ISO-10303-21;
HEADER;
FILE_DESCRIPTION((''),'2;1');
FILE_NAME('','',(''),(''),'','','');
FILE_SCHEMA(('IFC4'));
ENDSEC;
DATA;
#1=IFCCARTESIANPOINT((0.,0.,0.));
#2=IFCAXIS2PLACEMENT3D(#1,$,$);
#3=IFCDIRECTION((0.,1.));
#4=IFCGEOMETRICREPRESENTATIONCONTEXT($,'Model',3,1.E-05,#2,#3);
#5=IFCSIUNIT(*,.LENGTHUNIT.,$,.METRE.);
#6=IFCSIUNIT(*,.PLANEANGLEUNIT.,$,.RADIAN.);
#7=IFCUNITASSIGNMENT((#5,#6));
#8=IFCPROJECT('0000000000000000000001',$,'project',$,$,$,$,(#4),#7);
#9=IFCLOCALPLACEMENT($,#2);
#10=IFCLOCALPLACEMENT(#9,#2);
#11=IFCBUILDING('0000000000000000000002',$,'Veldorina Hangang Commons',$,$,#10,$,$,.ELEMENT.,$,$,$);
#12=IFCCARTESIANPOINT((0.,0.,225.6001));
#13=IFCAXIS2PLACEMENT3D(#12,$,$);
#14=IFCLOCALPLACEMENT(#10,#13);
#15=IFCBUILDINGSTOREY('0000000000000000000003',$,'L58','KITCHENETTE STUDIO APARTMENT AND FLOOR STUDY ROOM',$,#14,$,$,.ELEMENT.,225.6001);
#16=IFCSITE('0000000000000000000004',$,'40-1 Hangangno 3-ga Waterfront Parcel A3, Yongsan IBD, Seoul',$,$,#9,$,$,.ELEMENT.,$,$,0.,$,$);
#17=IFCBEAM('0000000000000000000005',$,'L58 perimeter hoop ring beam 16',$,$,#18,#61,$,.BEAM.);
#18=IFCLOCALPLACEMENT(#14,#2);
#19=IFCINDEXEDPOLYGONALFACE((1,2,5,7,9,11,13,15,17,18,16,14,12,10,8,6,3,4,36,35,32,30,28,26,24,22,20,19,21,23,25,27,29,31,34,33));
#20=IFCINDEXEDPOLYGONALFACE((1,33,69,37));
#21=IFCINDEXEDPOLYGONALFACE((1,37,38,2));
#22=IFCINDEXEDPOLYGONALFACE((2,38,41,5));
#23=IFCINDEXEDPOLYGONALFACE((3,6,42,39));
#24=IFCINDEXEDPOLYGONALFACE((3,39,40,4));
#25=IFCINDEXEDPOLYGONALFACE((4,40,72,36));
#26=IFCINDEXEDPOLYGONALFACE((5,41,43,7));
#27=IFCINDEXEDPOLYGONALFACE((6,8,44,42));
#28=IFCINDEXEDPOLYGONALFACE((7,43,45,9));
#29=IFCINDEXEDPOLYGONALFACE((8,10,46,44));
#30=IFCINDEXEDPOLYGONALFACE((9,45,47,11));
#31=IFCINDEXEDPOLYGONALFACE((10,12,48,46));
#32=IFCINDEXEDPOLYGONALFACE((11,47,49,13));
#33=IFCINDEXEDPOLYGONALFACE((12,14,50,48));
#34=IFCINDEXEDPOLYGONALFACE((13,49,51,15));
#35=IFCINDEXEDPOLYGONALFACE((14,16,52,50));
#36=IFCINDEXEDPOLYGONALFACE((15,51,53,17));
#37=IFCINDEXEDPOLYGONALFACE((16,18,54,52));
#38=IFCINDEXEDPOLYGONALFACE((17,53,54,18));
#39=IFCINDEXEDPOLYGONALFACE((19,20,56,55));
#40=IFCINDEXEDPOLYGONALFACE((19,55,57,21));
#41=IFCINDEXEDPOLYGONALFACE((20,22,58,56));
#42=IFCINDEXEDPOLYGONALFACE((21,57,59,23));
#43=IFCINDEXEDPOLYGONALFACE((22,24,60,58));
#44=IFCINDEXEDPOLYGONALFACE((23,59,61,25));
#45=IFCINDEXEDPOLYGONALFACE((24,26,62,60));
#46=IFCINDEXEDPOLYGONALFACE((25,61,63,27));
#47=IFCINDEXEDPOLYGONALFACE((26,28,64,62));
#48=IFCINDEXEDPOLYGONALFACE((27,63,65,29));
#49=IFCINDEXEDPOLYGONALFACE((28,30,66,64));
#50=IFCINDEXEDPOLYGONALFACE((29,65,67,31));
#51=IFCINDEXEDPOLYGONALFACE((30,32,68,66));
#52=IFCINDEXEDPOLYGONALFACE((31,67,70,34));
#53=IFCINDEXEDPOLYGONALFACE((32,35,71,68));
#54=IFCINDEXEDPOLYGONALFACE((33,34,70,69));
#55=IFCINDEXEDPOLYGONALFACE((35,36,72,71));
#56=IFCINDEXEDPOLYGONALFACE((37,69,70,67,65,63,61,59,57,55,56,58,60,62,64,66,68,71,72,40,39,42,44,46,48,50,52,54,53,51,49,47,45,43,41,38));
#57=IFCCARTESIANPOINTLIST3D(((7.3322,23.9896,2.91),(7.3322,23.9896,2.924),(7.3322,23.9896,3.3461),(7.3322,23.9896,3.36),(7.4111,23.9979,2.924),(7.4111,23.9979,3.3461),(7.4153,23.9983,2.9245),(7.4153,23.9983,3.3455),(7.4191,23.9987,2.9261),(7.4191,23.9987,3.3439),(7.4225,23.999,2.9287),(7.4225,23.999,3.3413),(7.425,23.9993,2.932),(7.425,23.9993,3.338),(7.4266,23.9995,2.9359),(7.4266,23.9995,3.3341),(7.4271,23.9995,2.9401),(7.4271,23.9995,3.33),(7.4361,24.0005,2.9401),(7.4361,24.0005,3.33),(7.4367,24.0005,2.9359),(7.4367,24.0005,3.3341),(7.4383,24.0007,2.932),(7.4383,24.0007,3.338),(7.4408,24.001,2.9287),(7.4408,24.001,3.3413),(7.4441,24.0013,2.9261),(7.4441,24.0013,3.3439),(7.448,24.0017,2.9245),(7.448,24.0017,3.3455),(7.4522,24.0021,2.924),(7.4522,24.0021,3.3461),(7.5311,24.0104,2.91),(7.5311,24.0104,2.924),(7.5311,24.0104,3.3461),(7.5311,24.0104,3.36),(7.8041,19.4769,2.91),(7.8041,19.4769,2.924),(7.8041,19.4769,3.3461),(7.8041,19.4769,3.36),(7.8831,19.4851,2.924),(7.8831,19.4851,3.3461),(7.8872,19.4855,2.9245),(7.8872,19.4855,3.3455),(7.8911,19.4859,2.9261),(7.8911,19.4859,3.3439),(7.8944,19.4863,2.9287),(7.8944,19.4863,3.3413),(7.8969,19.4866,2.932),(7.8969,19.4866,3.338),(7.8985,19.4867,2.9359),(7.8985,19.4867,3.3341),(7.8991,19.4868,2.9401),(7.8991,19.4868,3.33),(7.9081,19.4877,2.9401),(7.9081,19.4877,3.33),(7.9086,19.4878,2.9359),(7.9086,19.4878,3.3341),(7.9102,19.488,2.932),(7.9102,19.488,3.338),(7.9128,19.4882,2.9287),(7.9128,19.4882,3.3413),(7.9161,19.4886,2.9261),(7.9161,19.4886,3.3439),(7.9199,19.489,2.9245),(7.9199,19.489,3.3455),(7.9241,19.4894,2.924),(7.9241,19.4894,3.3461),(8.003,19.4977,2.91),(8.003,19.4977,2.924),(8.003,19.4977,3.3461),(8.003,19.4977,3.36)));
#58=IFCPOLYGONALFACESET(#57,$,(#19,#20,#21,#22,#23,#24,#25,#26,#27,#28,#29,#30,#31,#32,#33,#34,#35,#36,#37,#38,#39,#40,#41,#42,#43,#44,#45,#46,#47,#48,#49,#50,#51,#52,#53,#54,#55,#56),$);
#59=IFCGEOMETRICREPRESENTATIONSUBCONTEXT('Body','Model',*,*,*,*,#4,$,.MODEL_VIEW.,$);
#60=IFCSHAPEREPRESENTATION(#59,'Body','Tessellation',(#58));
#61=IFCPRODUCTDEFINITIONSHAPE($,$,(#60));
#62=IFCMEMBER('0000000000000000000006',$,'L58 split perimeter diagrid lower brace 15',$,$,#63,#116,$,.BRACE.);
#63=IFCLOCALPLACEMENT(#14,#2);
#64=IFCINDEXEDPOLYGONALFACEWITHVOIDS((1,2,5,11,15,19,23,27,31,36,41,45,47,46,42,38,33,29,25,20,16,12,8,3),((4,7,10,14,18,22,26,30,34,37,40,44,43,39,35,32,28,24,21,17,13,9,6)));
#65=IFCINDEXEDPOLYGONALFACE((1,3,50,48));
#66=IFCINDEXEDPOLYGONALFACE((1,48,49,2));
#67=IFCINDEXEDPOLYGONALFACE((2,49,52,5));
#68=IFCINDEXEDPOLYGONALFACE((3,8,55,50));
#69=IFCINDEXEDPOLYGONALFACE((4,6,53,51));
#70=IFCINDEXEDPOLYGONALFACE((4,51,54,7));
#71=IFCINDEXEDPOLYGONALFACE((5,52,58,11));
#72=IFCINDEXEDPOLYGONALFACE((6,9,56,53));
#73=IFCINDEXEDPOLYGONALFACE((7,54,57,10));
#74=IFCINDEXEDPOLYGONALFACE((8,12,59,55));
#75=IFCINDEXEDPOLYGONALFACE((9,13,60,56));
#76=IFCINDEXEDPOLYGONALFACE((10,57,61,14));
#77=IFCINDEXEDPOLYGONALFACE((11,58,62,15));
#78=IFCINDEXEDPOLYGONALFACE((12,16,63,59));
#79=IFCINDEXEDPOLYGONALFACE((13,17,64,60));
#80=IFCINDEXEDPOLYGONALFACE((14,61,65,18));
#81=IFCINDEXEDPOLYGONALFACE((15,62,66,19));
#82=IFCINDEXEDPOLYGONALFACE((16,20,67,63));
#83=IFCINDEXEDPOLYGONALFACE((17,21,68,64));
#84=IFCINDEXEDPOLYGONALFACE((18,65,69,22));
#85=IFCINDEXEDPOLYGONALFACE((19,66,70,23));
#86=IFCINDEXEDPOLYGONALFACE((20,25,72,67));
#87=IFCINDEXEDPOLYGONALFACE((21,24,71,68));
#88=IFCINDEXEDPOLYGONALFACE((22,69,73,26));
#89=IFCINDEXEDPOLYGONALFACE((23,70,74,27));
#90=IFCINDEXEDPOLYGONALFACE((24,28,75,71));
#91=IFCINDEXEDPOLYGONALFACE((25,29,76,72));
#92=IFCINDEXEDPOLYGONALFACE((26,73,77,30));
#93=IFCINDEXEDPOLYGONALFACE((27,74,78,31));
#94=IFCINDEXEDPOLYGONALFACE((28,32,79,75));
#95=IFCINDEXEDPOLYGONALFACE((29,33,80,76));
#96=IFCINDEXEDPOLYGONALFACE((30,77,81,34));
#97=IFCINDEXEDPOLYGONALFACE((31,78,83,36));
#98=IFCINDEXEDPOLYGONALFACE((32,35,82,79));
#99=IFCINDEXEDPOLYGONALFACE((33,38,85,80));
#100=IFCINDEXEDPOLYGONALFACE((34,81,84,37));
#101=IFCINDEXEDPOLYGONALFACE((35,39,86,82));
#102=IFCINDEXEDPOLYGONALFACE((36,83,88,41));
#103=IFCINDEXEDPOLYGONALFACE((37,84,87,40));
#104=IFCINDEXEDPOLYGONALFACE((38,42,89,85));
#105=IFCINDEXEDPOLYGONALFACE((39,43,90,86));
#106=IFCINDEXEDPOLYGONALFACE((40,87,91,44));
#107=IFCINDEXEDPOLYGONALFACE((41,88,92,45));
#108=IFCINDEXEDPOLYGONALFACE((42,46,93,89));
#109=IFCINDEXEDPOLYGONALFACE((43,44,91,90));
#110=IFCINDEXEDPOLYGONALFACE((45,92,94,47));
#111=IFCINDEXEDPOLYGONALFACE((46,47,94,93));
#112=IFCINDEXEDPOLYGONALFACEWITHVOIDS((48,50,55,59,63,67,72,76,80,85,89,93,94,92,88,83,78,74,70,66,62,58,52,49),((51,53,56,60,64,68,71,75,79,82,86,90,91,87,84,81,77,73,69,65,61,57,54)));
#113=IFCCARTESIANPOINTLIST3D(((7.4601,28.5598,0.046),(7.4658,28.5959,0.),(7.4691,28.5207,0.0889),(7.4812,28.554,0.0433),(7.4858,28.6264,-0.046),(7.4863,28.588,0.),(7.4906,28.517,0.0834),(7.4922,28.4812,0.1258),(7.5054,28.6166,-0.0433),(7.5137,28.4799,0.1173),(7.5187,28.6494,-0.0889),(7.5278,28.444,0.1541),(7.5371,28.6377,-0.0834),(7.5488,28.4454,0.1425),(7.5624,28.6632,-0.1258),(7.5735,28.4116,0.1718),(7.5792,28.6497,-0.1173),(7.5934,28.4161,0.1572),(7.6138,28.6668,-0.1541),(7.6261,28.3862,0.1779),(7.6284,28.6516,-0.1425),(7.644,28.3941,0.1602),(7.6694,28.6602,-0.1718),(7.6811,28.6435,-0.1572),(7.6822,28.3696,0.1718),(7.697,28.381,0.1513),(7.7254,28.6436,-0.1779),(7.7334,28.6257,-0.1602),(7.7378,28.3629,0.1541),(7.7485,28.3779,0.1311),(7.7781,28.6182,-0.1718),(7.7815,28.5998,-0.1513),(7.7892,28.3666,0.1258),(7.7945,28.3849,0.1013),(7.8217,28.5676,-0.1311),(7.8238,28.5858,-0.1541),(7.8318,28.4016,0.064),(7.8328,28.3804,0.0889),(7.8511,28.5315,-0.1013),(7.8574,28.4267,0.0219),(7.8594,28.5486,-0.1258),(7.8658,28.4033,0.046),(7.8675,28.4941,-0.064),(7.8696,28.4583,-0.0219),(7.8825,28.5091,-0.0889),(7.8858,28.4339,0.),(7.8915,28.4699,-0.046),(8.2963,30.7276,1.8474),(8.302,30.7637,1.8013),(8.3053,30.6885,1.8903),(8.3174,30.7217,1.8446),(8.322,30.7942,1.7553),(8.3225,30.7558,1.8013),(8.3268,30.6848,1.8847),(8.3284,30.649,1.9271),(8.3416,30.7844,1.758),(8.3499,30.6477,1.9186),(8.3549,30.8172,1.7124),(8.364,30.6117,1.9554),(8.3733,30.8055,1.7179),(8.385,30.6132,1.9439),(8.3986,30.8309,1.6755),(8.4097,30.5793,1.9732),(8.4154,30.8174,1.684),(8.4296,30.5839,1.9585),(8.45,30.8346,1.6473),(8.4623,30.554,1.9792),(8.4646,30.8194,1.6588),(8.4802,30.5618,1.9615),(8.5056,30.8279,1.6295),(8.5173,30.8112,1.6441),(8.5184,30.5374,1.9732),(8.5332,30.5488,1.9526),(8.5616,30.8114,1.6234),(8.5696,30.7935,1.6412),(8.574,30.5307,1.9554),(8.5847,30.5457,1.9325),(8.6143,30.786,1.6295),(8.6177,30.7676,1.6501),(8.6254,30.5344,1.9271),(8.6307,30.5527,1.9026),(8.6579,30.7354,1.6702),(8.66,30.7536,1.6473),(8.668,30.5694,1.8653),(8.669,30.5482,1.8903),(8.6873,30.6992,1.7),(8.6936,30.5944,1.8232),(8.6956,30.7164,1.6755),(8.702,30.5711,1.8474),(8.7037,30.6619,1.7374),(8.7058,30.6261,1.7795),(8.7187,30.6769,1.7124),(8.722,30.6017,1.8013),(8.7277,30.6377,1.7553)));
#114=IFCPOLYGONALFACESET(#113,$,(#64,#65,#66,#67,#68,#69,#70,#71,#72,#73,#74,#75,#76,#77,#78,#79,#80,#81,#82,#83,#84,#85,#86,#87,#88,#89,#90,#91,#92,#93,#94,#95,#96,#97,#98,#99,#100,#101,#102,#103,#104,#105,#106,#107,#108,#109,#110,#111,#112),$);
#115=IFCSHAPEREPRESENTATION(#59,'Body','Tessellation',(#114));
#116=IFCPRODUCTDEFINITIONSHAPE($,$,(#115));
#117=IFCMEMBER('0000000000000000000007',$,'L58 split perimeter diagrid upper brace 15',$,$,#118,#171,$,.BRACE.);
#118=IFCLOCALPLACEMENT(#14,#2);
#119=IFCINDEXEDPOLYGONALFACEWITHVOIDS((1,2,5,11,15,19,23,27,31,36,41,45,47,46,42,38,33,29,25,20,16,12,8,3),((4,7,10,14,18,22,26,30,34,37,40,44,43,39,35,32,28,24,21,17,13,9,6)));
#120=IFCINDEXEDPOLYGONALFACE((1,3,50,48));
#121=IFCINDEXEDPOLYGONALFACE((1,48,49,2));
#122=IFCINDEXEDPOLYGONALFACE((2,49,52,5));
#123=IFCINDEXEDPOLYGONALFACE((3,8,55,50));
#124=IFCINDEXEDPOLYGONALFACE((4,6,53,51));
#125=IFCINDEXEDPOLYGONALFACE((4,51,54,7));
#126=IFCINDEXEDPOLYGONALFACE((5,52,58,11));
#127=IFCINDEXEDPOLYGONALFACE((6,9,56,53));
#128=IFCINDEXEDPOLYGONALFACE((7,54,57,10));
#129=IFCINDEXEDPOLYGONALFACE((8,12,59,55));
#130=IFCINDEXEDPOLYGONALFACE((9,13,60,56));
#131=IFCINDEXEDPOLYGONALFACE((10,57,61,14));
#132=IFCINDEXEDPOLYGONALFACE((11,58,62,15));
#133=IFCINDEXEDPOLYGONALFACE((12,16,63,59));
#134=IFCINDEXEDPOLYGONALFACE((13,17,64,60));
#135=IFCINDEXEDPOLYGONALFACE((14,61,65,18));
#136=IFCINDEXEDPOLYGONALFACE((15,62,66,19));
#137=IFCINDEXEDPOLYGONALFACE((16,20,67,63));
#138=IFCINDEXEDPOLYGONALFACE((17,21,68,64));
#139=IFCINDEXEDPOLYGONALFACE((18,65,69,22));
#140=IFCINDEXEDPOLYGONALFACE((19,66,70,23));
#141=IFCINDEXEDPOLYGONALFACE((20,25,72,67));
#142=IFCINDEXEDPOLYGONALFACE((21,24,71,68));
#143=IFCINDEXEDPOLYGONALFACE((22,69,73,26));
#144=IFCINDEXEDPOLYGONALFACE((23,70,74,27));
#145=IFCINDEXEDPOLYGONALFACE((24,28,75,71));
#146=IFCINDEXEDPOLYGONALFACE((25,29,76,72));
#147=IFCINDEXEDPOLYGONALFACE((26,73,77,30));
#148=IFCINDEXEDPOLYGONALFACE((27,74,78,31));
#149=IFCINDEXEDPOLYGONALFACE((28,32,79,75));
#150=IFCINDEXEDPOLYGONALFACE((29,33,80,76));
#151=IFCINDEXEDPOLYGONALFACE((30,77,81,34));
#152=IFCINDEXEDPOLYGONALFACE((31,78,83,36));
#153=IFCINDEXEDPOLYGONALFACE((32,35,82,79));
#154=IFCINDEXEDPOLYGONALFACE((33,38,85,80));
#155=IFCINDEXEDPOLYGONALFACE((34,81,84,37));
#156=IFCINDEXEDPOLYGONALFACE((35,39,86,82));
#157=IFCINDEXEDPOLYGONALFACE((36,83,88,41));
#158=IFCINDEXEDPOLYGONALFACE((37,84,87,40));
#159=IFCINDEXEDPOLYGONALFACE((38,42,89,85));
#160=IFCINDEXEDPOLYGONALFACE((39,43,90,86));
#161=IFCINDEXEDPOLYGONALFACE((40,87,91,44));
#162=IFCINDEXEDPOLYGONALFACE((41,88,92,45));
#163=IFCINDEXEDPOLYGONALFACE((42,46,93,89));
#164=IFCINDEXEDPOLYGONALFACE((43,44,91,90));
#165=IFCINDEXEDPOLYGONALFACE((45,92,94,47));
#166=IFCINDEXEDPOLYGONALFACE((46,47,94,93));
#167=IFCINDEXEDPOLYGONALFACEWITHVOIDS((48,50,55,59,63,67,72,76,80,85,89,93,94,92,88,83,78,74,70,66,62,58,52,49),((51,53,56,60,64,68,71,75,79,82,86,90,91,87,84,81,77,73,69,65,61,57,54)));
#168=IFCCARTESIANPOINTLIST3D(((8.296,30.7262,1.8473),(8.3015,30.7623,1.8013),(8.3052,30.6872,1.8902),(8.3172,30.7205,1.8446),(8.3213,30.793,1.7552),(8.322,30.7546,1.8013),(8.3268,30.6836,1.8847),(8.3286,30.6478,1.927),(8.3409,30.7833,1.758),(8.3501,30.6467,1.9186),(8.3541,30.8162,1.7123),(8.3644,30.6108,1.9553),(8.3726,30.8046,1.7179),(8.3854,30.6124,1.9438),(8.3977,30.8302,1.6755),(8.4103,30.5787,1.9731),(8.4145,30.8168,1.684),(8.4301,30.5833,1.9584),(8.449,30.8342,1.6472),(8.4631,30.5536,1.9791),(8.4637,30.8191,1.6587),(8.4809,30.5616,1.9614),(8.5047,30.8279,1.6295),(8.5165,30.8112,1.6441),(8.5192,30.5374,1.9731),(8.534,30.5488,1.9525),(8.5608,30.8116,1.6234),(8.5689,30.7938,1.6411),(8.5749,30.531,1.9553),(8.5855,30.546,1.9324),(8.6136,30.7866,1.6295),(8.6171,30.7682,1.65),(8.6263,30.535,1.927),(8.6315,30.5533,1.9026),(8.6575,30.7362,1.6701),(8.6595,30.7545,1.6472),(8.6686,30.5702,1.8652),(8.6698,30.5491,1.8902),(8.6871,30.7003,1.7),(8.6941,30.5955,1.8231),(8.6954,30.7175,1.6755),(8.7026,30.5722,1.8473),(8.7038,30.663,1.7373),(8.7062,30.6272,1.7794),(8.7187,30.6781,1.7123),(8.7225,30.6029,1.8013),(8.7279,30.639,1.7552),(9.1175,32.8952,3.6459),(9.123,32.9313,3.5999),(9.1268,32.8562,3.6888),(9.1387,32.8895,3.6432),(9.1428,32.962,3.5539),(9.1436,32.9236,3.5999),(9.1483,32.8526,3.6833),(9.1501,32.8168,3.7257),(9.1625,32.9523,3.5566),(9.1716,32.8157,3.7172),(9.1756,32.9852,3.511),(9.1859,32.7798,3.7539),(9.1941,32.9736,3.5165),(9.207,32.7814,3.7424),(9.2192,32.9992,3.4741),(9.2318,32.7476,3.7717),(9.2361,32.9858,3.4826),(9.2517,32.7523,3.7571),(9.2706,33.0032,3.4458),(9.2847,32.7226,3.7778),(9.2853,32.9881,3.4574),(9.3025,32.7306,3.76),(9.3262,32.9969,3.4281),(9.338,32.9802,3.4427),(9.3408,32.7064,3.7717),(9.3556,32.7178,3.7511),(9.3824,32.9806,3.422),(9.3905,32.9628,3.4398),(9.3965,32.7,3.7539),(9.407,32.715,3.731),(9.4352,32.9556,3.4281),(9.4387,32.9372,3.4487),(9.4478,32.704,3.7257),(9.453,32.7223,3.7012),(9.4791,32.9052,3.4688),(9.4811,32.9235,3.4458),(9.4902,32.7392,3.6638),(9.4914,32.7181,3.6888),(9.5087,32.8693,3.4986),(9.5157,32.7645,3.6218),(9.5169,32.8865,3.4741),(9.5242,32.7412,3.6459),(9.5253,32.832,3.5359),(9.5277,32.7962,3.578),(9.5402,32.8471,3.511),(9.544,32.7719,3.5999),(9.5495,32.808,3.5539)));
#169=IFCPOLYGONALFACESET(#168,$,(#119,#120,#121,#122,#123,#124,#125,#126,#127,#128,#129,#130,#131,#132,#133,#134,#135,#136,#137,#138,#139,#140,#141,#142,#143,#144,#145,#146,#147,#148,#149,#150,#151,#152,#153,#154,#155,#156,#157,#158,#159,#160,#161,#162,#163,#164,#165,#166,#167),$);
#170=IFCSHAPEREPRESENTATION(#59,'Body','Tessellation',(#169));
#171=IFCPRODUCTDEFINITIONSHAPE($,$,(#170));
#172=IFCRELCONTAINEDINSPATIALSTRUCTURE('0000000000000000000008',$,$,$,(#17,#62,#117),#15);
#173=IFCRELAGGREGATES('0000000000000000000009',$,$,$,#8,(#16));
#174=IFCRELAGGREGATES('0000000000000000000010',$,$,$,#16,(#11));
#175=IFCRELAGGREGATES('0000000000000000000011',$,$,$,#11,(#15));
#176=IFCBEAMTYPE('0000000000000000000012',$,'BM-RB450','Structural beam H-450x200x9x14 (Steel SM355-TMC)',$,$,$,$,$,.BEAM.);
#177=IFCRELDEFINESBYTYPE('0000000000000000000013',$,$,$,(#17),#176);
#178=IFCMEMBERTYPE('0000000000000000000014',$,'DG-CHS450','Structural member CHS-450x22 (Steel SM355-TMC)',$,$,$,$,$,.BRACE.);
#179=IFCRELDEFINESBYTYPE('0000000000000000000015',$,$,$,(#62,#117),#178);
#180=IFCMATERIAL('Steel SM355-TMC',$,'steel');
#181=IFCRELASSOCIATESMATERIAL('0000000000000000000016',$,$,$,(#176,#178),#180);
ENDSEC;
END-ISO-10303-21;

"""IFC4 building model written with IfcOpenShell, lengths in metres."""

from ifc_helpers import new_model, si_unit, direction, frame, origin, origin_2d, place, context, subcontext, project, spatial, hollow_circle, i_section, extrude, material, material_profile, profile_set, type_object, element, save


model = new_model("IFC4")

# Units and contexts
model_context = context("Model", 3, precision=1e-05, world=origin(), true_north=direction((0.0, 1.0)))
body_context = subcontext(model_context, "Body", "Model", "MODEL_VIEW")
ifc_project = project(units=[si_unit("LENGTHUNIT", "METRE"), si_unit("PLANEANGLEUNIT", "RADIAN")], contexts=[model_context])

# Site, building, storey
site_placement = place(None, origin())
site = spatial("IfcSite", under=ifc_project, at=site_placement, Name="40-1 Hangangno 3-ga Waterfront Parcel A3, Yongsan IBD, Seoul", CompositionType="ELEMENT", RefElevation=0.0)
building_placement = place(site_placement, origin())
building = spatial("IfcBuilding", under=site, at=building_placement, Name="Veldorina Hangang Commons", CompositionType="ELEMENT")
storey_placement = place(building_placement, frame((0.0, 0.0, 225.6001)))
storey = spatial("IfcBuildingStorey", under=building, at=storey_placement, Name="L58", Description="KITCHENETTE STUDIO APARTMENT AND FLOOR STUDY ROOM", CompositionType="ELEMENT", Elevation=225.6001)

# Beam
ifc_material_1 = material(Name="Steel SM355-TMC", Category="steel")
ifc_material_profile_1 = material_profile(ifc_material_1, i_section(OverallWidth=0.2, OverallDepth=0.45, WebThickness=0.009, FlangeThickness=0.0139, FilletRadius=0.0161, at=origin_2d()), Name="H-450x200x9x14")
ifc_profile_set_1 = profile_set([ifc_material_profile_1], Name="Steel SM355-TMC")
beam_type_1 = type_object("IfcBeamType", Name="BM-RB450", Description="Structural beam H-450x200x9x14 (Steel SM355-TMC)", PredefinedType="BEAM", material=ifc_profile_set_1)
for number, where, z_axis, x_axis, name in (
    (1, (7.4316, 24.0, 3.135), (0.10401, -0.994576, 0.0), (0.994576, 0.10401, 0.0), "L58 perimeter hoop ring beam 16"),
):
    element("IfcBeam", number, at=place(storey_placement, frame(where, z_axis=z_axis, x_axis=x_axis)), inside=storey, type_object=beam_type_1, Name=name, PredefinedType="BEAM", context=body_context, shape_type="SweptSolid", body=[
        extrude(i_section(OverallWidth=0.2, OverallDepth=0.45, WebThickness=0.009, FlangeThickness=0.0139, FilletRadius=0.0161, at=origin_2d()), origin(), (0.0, 0.0, 1.0), 4.5374),
    ])

# Members
ifc_material_profile_2 = material_profile(ifc_material_1, hollow_circle(Radius=0.2251, WallThickness=0.022, at=origin_2d()), Name="CHS-450x22")
ifc_profile_set_2 = profile_set([ifc_material_profile_2], Name="Steel SM355-TMC")
member_type_1 = type_object("IfcMemberType", Name="DG-CHS450", Description="Structural member CHS-450x22 (Steel SM355-TMC)", PredefinedType="BRACE", material=ifc_profile_set_2)
member_1_placement = place(storey_placement, frame((7.6758, 28.5149, 0.0), z_axis=(0.284429, 0.737355, 0.612705), x_axis=(-0.932993, 0.359894, 0.0)))
element("IfcMember", 2, at=member_1_placement, inside=storey, type_object=member_type_1, Name="L58 split perimeter diagrid lower brace 15", PredefinedType="BRACE", context=body_context, shape_type="SweptSolid", body=[
    extrude(hollow_circle(Radius=0.2251, WallThickness=0.022, at=origin_2d()), origin(), (0.0, 0.0, 1.0), 2.9399),
])
member_2_placement = place(storey_placement, frame((8.512, 30.6826, 1.8013), z_axis=(0.27991, 0.738997, 0.612808), x_axis=(-0.935165, 0.354213, 0.0)))
element("IfcMember", 3, at=member_2_placement, inside=storey, type_object=member_type_1, Name="L58 split perimeter diagrid upper brace 15", PredefinedType="BRACE", context=body_context, shape_type="SweptSolid", body=[
    extrude(hollow_circle(Radius=0.2251, WallThickness=0.022, at=origin_2d()), origin(), (0.0, 0.0, 1.0), 2.9351),
])

save(model, "model.ifc")
